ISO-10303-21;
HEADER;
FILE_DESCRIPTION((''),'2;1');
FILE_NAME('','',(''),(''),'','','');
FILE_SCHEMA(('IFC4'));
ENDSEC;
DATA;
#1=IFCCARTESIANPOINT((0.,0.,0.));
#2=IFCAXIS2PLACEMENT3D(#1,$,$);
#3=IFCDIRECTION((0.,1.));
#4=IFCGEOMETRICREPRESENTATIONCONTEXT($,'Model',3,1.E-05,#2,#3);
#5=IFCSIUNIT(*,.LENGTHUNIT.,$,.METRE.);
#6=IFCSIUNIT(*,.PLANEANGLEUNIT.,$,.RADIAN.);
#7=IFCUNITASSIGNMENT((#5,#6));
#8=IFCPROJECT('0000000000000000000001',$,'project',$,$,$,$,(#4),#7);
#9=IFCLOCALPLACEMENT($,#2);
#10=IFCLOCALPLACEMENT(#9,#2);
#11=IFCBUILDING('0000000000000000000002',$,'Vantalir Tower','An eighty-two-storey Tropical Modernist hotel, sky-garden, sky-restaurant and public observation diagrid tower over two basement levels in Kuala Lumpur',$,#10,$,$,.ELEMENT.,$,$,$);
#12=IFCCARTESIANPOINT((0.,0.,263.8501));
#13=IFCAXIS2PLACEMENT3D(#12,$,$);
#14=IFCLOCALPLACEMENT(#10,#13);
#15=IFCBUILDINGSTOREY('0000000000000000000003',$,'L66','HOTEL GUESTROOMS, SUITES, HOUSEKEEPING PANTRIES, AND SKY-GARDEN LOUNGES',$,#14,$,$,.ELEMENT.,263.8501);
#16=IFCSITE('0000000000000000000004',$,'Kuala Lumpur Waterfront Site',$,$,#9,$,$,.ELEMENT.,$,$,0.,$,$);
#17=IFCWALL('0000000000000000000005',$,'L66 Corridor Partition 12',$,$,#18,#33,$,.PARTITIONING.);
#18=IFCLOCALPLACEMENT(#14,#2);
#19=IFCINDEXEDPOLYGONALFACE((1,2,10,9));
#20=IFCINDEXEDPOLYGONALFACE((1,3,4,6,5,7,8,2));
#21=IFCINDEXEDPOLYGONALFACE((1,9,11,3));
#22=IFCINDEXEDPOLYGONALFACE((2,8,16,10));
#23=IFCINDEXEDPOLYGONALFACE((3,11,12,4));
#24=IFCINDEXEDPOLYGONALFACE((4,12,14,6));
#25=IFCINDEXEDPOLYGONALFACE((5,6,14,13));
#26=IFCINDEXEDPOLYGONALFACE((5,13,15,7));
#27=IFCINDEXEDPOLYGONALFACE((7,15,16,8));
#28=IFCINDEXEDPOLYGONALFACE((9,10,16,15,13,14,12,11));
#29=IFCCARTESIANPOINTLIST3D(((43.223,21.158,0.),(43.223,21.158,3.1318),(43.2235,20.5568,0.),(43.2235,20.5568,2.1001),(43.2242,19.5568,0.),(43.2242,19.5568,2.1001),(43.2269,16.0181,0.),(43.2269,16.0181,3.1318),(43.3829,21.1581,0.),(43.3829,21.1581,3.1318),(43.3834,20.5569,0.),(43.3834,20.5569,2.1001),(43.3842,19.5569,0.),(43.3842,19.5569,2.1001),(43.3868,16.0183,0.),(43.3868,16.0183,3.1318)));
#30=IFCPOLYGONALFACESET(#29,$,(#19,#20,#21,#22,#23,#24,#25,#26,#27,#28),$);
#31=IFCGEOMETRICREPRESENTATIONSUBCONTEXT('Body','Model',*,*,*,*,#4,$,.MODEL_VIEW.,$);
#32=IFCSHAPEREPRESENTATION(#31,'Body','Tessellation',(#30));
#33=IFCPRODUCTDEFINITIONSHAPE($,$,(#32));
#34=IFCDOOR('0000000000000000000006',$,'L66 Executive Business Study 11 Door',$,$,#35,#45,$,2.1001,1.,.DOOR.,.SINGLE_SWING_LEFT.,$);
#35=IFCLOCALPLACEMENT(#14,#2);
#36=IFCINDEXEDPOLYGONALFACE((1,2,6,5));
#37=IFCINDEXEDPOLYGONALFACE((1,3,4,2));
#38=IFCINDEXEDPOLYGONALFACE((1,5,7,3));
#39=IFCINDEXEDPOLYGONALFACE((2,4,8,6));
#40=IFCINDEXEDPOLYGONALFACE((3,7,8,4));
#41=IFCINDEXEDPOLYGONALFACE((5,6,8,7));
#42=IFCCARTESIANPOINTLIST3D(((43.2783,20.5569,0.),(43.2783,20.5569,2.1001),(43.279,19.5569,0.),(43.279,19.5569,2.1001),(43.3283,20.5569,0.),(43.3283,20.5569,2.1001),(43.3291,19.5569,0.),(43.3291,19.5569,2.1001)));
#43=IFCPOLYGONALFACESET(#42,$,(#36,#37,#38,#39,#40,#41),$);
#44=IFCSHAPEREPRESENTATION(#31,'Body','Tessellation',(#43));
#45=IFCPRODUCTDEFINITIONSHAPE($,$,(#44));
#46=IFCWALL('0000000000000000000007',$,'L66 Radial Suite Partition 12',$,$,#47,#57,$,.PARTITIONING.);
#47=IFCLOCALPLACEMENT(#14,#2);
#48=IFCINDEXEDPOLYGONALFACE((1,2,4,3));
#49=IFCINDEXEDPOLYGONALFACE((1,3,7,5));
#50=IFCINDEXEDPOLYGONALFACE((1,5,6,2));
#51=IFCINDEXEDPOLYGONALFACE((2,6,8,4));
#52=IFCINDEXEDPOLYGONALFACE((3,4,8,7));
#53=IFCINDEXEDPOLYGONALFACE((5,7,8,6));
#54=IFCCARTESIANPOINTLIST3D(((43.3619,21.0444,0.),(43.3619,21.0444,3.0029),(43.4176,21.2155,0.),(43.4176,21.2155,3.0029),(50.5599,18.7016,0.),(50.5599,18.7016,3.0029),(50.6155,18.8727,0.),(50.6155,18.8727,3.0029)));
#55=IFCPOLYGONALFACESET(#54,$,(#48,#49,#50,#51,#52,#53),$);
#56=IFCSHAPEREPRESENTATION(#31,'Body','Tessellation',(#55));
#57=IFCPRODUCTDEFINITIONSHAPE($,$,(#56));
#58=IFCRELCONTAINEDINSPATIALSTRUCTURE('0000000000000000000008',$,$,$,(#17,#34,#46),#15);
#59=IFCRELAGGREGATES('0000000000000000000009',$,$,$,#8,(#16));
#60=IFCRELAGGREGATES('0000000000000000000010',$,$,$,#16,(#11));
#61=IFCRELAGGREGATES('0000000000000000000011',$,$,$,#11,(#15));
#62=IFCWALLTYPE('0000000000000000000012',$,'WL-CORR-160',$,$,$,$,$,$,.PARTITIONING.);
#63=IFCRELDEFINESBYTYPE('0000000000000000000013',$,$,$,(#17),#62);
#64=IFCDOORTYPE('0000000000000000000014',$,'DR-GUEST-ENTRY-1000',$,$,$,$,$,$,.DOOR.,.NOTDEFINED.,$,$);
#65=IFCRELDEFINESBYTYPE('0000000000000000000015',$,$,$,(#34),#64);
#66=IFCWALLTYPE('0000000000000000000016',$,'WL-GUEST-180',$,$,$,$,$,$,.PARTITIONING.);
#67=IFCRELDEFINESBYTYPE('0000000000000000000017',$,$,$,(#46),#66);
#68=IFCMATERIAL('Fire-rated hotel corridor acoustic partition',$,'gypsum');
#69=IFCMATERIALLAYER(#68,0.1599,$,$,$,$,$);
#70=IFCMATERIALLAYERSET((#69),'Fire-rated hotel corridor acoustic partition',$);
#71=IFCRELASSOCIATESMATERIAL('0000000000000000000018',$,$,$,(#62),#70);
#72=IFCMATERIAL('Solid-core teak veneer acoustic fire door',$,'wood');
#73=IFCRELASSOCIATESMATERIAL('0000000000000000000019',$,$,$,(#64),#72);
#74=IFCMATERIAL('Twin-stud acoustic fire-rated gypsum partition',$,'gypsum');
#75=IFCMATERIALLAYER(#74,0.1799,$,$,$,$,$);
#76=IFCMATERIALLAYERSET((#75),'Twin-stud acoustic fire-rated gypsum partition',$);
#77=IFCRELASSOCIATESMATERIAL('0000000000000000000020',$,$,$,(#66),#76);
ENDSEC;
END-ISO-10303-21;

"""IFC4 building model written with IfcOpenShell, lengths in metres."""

from ifc_helpers import new_model, si_unit, direction, frame, frame_2d, origin, place, context, subcontext, project, spatial, rectangle, extrude, material, layer, layer_set, type_object, element, fill, save


model = new_model("IFC4")

# Units and contexts
model_context = context("Model", 3, precision=1e-05, world=origin(), true_north=direction((0.0, 1.0)))
body_context = subcontext(model_context, "Body", "Model", "MODEL_VIEW")
ifc_project = project(units=[si_unit("LENGTHUNIT", "METRE"), si_unit("PLANEANGLEUNIT", "RADIAN")], contexts=[model_context])

# Site, building, storey
site_placement = place(None, origin())
site = spatial("IfcSite", under=ifc_project, at=site_placement, Name="Kuala Lumpur Waterfront Site", CompositionType="ELEMENT", RefElevation=0.0)
building_placement = place(site_placement, origin())
building = spatial("IfcBuilding", under=site, at=building_placement, Name="Vantalir Tower", Description="An eighty-two-storey Tropical Modernist hotel, sky-garden, sky-restaurant and public observation diagrid tower over two basement levels in Kuala Lumpur", CompositionType="ELEMENT")
storey_placement = place(building_placement, frame((0.0, 0.0, 263.8501)))
storey = spatial("IfcBuildingStorey", under=building, at=storey_placement, Name="L66", Description="HOTEL GUESTROOMS, SUITES, HOUSEKEEPING PANTRIES, AND SKY-GARDEN LOUNGES", CompositionType="ELEMENT", Elevation=263.8501)

# Wall, opening, door
ifc_material_1 = material(Name="Fire-rated hotel corridor acoustic partition", Category="gypsum")
ifc_layer_1 = layer(ifc_material_1, 0.1599)
ifc_layer_set_1 = layer_set([ifc_layer_1], Name="Fire-rated hotel corridor acoustic partition")
wall_type_1 = type_object("IfcWallType", Name="WL-CORR-160", PredefinedType="PARTITIONING", material=ifc_layer_set_1)
wall_1_placement = place(storey_placement, frame((43.303, 21.158, 0.0), z_axis=(0.0, 0.0, 1.0), x_axis=(0.00076, -1.0, 0.0)))
wall_1 = element("IfcWall", 1, at=wall_1_placement, inside=storey, type_object=wall_type_1, Name="L66 Corridor Partition 12", PredefinedType="PARTITIONING", context=body_context, shape_type="SweptSolid", body=[
    extrude(rectangle(XDim=5.1399, YDim=0.1599, at=frame_2d((2.5698, 0.0))), origin(), (0.0, 0.0, 1.0), 3.1318),
])
opening_1_placement = place(wall_1_placement, frame((0.6011, 0.0, 0.0)))
opening_1 = element("IfcOpeningElement", 2, at=opening_1_placement, cuts=wall_1, PredefinedType="OPENING", context=body_context, shape_type="SweptSolid", body=[
    extrude(rectangle(XDim=1.0, YDim=2.1001, at=frame_2d((0.5, 1.05))), frame((0.0, 0.0898, 0.0), z_axis=(0.0, -1.0, 0.0), x_axis=(1.0, 0.0, 0.0)), (0.0, 0.0, 1.0), 0.1799),
])
ifc_material_2 = material(Name="Solid-core teak veneer acoustic fire door", Category="wood")
door_type_1 = type_object("IfcDoorType", Name="DR-GUEST-ENTRY-1000", OperationType="NOTDEFINED", PredefinedType="DOOR", material=ifc_material_2)
door_1_placement = place(opening_1_placement, origin())
door_1 = element("IfcDoor", 3, at=door_1_placement, inside=storey, type_object=door_type_1, Name="L66 Executive Business Study 11 Door", OperationType="SINGLE_SWING_LEFT", OverallHeight=2.1001, OverallWidth=1.0, PredefinedType="DOOR", context=body_context, shape_type="SweptSolid", body=[
    extrude(rectangle(XDim=1.0, YDim=2.1001, at=frame_2d((0.5, 1.05))), frame((0.0, 0.0249, 0.0), z_axis=(0.0, -1.0, 0.0), x_axis=(1.0, 0.0, 0.0)), (0.0, 0.0, 1.0), 0.05),
])
fill(opening_1, door_1)

# Wall
ifc_material_3 = material(Name="Twin-stud acoustic fire-rated gypsum partition", Category="gypsum")
ifc_layer_2 = layer(ifc_material_3, 0.1799)
ifc_layer_set_2 = layer_set([ifc_layer_2], Name="Twin-stud acoustic fire-rated gypsum partition")
wall_type_2 = type_object("IfcWallType", Name="WL-GUEST-180", PredefinedType="PARTITIONING", material=ifc_layer_set_2)
wall_2_placement = place(storey_placement, frame((43.3899, 21.1299, 0.0), z_axis=(0.0, 0.0, 1.0), x_axis=(0.950901, -0.309495, 0.0)))
element("IfcWall", 4, at=wall_2_placement, inside=storey, type_object=wall_type_2, Name="L66 Radial Suite Partition 12", PredefinedType="PARTITIONING", context=body_context, shape_type="SweptSolid", body=[
    extrude(rectangle(XDim=7.5696, YDim=0.1799, at=frame_2d((3.7847, 0.0))), origin(), (0.0, 0.0, 1.0), 3.0029),
])

save(model, "model.ifc")
